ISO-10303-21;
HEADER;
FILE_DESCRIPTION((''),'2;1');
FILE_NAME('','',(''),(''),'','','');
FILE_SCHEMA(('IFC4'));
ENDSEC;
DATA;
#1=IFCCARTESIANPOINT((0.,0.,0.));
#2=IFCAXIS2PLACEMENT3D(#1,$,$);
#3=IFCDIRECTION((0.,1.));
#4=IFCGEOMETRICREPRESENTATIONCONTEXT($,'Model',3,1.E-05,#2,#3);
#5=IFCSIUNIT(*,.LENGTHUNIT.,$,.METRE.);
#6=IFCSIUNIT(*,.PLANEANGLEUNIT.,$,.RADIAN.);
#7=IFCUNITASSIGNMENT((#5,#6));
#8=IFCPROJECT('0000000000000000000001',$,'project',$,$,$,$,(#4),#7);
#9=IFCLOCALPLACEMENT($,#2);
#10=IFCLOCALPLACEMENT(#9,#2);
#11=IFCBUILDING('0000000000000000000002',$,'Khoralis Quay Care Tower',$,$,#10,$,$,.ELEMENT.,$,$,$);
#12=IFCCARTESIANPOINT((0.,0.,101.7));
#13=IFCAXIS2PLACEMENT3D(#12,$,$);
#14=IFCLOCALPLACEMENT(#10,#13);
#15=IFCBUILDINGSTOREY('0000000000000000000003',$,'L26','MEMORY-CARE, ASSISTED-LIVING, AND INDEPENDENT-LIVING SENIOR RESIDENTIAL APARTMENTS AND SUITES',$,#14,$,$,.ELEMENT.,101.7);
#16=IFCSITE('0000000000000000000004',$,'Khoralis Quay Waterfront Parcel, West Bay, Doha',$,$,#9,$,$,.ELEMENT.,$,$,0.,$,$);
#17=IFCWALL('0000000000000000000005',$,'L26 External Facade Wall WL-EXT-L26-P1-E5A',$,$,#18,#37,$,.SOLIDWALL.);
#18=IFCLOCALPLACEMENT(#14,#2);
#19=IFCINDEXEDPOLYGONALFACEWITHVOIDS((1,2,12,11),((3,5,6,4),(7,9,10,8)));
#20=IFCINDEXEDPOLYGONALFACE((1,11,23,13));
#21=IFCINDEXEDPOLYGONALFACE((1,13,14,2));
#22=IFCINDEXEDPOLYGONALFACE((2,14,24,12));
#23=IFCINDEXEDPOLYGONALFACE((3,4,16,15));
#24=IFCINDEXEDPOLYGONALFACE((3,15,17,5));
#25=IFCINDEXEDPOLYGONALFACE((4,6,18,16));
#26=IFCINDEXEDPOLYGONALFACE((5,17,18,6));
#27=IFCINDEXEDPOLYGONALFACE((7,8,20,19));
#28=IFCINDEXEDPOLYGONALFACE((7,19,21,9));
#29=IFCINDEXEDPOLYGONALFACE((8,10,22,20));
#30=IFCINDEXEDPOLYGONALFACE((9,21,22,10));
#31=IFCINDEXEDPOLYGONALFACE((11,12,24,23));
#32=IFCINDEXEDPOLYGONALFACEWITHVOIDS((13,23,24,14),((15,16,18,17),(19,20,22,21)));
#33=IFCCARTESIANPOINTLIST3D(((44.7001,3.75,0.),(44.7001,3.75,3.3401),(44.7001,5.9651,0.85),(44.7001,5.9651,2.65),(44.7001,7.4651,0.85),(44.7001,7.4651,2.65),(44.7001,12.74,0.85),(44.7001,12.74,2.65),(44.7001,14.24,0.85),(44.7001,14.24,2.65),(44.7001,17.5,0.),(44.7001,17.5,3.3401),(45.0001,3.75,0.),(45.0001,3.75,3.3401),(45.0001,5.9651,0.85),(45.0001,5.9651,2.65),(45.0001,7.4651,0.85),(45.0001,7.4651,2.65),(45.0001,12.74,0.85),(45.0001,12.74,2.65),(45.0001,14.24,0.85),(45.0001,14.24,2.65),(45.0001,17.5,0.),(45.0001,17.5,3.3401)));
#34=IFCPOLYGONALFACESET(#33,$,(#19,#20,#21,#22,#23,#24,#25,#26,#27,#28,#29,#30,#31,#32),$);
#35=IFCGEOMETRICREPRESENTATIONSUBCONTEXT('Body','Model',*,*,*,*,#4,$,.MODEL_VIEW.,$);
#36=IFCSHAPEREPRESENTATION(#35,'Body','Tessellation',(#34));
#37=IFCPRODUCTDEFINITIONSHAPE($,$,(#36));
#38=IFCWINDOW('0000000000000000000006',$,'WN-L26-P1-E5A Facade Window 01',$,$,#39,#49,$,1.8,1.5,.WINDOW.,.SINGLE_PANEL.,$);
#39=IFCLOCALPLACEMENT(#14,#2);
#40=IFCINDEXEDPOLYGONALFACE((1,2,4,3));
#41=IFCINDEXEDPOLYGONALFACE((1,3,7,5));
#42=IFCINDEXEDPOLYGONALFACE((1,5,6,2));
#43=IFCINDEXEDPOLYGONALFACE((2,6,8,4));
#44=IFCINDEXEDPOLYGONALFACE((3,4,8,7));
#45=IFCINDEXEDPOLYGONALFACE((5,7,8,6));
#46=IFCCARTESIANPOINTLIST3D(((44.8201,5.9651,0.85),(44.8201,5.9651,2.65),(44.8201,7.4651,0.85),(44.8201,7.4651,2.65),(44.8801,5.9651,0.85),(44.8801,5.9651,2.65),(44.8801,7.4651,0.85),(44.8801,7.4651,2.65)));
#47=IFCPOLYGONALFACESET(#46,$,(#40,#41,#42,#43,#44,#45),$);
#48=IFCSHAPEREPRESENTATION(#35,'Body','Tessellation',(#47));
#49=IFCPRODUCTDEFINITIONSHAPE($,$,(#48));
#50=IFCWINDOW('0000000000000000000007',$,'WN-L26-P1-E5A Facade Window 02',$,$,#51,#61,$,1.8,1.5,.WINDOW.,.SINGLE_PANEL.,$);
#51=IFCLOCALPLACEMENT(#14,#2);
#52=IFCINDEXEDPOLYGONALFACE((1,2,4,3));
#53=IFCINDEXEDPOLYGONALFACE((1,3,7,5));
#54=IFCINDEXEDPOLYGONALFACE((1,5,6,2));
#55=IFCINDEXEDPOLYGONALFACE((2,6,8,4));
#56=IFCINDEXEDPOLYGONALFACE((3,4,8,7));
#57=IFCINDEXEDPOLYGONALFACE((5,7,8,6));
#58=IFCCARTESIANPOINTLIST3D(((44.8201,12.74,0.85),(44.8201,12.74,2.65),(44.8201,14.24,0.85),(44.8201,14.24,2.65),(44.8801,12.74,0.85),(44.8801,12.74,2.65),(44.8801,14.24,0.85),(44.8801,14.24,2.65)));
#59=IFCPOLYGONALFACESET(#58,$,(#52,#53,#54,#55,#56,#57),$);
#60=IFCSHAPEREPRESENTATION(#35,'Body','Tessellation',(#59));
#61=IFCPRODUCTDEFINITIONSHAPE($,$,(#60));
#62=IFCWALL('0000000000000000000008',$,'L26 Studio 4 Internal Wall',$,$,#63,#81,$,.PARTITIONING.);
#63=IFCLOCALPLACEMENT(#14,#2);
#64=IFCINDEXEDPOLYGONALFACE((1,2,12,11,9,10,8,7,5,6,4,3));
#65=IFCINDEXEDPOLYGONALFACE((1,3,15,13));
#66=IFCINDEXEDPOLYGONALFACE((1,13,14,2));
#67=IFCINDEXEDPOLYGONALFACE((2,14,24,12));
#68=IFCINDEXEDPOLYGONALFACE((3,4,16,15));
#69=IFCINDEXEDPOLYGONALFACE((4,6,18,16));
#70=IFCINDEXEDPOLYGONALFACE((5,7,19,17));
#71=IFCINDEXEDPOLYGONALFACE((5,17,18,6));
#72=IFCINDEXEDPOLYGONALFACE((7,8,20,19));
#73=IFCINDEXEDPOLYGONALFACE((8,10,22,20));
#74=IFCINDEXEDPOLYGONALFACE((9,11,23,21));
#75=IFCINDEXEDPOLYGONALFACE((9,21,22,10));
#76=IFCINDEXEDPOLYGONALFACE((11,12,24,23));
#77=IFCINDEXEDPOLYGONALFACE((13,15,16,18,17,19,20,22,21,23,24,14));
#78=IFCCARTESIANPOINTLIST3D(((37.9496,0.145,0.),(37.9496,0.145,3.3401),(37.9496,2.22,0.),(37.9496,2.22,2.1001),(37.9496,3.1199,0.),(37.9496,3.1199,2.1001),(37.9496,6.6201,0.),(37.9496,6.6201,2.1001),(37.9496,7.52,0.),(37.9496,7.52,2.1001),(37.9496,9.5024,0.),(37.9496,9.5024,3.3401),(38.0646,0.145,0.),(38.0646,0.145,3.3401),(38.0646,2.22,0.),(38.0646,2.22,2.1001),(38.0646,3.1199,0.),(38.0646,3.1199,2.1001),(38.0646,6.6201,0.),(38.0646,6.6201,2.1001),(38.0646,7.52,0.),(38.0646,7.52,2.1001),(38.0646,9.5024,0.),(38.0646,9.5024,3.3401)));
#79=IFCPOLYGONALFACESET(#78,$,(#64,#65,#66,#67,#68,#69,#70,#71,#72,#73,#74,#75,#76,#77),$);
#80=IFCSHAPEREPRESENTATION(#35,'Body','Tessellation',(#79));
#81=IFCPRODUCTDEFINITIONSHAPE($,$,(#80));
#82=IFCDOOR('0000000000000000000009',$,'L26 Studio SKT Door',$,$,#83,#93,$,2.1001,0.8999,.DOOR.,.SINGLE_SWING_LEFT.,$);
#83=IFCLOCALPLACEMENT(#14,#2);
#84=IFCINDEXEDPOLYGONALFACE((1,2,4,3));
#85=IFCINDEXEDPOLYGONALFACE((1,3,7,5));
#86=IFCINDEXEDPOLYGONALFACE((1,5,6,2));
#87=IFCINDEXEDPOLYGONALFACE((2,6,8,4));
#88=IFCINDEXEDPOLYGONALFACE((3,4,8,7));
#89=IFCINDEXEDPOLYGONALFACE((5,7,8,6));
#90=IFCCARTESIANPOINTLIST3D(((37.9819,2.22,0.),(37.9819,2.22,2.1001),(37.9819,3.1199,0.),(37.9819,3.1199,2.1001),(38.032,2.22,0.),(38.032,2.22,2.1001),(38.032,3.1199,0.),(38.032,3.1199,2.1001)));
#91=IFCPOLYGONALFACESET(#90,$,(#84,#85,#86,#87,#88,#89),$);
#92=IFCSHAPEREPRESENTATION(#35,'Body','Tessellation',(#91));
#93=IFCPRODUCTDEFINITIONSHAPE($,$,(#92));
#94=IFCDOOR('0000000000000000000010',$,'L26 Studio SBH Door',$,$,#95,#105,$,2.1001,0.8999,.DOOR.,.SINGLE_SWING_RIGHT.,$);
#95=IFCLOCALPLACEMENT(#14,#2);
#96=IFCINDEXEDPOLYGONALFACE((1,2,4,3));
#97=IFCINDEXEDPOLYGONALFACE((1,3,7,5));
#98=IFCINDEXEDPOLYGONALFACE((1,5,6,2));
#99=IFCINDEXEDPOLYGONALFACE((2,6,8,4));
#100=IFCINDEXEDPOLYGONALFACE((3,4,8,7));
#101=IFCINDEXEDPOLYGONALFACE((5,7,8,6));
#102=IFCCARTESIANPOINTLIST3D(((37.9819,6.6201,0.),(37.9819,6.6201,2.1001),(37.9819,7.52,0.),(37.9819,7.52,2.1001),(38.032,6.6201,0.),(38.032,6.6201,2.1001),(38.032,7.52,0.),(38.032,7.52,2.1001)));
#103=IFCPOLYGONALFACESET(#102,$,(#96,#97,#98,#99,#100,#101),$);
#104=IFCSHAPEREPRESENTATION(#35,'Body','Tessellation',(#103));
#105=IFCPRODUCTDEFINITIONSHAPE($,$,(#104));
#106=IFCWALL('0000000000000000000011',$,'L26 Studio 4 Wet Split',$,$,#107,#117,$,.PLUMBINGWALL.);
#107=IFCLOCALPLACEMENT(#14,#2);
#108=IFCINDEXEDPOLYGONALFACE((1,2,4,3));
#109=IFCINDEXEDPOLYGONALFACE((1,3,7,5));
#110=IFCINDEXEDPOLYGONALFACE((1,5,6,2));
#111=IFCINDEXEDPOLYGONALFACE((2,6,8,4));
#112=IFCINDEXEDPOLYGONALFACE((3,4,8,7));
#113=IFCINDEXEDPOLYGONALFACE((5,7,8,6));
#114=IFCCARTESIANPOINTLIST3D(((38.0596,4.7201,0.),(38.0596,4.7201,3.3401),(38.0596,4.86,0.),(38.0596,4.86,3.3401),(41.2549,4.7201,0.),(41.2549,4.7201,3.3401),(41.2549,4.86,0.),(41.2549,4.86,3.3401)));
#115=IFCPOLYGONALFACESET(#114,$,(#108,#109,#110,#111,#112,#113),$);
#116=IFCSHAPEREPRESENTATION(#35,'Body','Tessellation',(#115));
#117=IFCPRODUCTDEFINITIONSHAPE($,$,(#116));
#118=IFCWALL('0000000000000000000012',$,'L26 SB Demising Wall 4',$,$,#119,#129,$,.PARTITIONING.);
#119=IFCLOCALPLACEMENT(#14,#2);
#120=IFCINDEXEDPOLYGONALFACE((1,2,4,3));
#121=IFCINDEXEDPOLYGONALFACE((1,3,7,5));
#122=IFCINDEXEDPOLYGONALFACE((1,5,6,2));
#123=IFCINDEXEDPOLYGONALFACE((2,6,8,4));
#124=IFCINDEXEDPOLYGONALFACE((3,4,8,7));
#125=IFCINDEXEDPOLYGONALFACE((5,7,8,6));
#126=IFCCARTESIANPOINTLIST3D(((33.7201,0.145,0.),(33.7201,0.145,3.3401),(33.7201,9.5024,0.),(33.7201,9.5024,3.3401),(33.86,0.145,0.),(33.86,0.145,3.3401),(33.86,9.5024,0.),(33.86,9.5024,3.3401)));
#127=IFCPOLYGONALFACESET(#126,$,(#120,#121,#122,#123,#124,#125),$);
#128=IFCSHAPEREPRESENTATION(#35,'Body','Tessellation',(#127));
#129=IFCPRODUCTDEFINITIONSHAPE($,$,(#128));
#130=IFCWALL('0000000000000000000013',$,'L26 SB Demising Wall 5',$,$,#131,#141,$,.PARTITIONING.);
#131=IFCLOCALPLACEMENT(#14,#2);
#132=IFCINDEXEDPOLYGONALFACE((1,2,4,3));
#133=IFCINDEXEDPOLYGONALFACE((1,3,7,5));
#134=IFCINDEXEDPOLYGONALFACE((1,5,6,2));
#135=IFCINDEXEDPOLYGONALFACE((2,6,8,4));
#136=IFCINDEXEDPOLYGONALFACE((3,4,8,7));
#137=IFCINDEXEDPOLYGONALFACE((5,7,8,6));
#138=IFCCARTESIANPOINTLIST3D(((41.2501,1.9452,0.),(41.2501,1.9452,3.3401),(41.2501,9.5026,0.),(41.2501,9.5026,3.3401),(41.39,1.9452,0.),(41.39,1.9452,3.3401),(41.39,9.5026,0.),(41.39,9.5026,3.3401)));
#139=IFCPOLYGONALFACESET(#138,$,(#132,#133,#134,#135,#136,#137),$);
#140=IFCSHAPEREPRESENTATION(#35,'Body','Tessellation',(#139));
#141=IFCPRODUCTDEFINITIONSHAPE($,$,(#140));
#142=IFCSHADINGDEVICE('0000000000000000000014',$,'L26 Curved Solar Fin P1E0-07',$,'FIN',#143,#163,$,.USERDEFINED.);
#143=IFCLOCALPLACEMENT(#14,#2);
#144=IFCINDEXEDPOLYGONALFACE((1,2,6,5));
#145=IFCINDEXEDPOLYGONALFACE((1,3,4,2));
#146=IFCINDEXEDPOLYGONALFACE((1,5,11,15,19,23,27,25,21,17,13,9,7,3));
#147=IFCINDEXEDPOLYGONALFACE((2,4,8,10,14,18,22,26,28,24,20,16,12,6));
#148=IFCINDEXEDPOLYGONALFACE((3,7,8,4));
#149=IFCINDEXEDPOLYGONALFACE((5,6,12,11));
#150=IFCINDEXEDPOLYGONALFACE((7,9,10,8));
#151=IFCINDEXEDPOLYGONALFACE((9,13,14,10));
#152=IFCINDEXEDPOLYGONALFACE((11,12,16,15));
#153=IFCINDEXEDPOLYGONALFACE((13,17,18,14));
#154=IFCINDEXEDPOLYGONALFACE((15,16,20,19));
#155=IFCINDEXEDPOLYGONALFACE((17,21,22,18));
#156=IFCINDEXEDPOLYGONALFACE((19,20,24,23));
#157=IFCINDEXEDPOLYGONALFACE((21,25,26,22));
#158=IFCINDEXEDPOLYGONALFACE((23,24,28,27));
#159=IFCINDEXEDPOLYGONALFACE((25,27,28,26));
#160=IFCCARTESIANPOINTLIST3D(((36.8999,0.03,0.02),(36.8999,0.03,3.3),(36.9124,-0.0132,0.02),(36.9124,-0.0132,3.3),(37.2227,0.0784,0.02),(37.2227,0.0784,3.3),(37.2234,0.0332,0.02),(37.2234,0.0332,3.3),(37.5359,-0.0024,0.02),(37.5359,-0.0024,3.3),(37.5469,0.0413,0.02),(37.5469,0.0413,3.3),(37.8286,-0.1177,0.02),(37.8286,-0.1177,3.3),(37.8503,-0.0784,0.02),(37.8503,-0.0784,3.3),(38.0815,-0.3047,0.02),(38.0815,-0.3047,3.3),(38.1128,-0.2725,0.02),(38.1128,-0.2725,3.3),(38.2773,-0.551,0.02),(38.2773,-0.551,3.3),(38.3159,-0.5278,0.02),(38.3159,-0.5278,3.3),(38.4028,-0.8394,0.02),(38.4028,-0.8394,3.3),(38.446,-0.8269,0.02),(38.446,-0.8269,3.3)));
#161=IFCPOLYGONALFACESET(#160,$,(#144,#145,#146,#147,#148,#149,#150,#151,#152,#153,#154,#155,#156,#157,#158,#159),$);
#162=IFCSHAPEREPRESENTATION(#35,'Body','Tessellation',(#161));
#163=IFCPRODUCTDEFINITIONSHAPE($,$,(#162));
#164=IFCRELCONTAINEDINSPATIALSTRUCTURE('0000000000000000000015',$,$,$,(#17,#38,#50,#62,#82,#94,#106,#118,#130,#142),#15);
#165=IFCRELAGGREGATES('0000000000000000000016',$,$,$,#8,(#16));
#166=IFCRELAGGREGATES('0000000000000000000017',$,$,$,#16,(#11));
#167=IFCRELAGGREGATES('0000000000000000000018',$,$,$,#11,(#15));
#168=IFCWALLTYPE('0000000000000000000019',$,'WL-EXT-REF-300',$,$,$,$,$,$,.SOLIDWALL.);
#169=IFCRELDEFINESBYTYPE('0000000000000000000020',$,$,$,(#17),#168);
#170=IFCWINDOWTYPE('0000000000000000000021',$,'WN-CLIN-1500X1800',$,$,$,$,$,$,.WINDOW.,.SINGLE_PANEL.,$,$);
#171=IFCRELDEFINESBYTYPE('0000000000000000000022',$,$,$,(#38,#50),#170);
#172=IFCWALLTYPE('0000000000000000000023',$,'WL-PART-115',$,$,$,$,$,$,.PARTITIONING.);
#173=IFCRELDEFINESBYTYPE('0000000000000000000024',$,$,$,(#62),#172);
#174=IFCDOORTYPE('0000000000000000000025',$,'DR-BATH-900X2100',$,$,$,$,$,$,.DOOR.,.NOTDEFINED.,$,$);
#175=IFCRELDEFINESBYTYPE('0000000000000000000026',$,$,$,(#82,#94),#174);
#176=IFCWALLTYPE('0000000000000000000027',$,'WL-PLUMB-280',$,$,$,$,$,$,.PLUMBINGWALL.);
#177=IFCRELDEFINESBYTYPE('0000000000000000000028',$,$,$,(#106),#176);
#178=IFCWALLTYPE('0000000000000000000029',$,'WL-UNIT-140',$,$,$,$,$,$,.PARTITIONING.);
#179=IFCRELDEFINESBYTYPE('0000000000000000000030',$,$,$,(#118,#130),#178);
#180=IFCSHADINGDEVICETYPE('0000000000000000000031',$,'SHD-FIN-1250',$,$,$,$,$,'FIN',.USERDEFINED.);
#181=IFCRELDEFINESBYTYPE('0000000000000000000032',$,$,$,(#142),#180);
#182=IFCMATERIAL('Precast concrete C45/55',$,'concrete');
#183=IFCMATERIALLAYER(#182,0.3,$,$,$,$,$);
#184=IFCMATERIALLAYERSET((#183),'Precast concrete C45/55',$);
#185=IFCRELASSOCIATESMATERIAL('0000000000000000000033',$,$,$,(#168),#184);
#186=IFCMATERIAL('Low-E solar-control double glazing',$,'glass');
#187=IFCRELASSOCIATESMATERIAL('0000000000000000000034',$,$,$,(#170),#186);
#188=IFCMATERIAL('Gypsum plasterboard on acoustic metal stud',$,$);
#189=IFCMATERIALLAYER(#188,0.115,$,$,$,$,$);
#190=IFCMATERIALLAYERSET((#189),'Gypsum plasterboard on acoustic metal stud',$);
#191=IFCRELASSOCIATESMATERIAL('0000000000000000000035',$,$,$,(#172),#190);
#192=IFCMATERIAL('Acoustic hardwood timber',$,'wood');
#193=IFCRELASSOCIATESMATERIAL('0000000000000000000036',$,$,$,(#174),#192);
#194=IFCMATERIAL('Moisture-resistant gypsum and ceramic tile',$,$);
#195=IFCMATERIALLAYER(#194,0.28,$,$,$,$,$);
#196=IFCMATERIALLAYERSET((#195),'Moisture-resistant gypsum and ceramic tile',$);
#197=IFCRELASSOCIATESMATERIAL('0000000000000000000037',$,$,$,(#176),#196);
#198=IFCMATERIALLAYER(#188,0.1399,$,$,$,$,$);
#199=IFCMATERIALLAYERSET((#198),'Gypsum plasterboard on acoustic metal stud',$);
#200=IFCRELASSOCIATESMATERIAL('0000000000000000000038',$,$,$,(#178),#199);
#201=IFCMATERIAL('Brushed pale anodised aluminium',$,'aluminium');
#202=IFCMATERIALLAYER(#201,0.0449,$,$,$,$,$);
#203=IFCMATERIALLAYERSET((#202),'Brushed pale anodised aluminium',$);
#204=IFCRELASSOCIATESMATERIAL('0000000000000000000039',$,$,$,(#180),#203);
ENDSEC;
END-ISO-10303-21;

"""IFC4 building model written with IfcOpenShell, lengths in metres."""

from ifc_helpers import new_model, si_unit, direction, frame, frame_2d, origin, place, context, subcontext, project, spatial, polyline, rectangle, outline, extrude, source, transform, mapped, material, layer, layer_set, type_object, element, fill, save


model = new_model("IFC4")

# Units and contexts
model_context = context("Model", 3, precision=1e-05, world=origin(), true_north=direction((0.0, 1.0)))
body_context = subcontext(model_context, "Body", "Model", "MODEL_VIEW")
ifc_project = project(units=[si_unit("LENGTHUNIT", "METRE"), si_unit("PLANEANGLEUNIT", "RADIAN")], contexts=[model_context])

# Site, building, storey
site_placement = place(None, origin())
site = spatial("IfcSite", under=ifc_project, at=site_placement, Name="Khoralis Quay Waterfront Parcel, West Bay, Doha", CompositionType="ELEMENT", RefElevation=0.0)
building_placement = place(site_placement, origin())
building = spatial("IfcBuilding", under=site, at=building_placement, Name="Khoralis Quay Care Tower", CompositionType="ELEMENT")
storey_placement = place(building_placement, frame((0.0, 0.0, 101.7)))
storey = spatial("IfcBuildingStorey", under=building, at=storey_placement, Name="L26", Description="MEMORY-CARE, ASSISTED-LIVING, AND INDEPENDENT-LIVING SENIOR RESIDENTIAL APARTMENTS AND SUITES", CompositionType="ELEMENT", Elevation=101.7)

# Shared definitions
ifc_material_1 = material(Name="Gypsum plasterboard on acoustic metal stud")

# Shared definitions
ifc_material_2 = material(Name="Acoustic hardwood timber", Category="wood")

# Shared definitions
ifc_material_3 = material(Name="Precast concrete C45/55", Category="concrete")
ifc_layer_1 = layer(ifc_material_3, 0.3)
ifc_layer_set_1 = layer_set([ifc_layer_1], Name="Precast concrete C45/55")
wall_type_1 = type_object("IfcWallType", Name="WL-EXT-REF-300", PredefinedType="SOLIDWALL", material=ifc_layer_set_1)

# Wall, openings, windows
wall_1_placement = place(storey_placement, frame((44.8501, 3.75, 0.0), z_axis=(0.0, 0.0, 1.0), x_axis=(0.0, 1.0, 0.0)))
wall_1 = element("IfcWall", 1, at=wall_1_placement, inside=storey, type_object=wall_type_1, Name="L26 External Facade Wall WL-EXT-L26-P1-E5A", PredefinedType="SOLIDWALL", context=body_context, shape_type="SweptSolid", body=[
    extrude(rectangle(XDim=13.75, YDim=0.3, at=frame_2d((6.875, 0.0))), origin(), (0.0, 0.0, 1.0), 3.3401),
])
opening_1_placement = place(wall_1_placement, frame((2.2151, 0.0, 0.8501)))
opening_1 = element("IfcOpeningElement", 2, at=opening_1_placement, cuts=wall_1, PredefinedType="OPENING", context=body_context, shape_type="SweptSolid", body=[
    extrude(rectangle(XDim=1.5, YDim=1.8, at=frame_2d((0.75, 0.8999))), frame((0.0, 0.1602, 0.0), z_axis=(0.0, -1.0, 0.0), x_axis=(1.0, 0.0, 0.0)), (0.0, 0.0, 1.0), 0.3201),
])
opening_2_placement = place(wall_1_placement, frame((8.99, 0.0, 0.8501)))
opening_2 = element("IfcOpeningElement", 3, at=opening_2_placement, cuts=wall_1, PredefinedType="OPENING", context=body_context, shape_type="SweptSolid", body=[
    extrude(rectangle(XDim=1.5, YDim=1.8, at=frame_2d((0.75, 0.8999))), frame((0.0, 0.1602, 0.0), z_axis=(0.0, -1.0, 0.0), x_axis=(1.0, 0.0, 0.0)), (0.0, 0.0, 1.0), 0.3201),
])
ifc_material_4 = material(Name="Low-E solar-control double glazing", Category="glass")
window_type = type_object("IfcWindowType", Name="WN-CLIN-1500X1800", PartitioningType="SINGLE_PANEL", PredefinedType="WINDOW", material=ifc_material_4)
shared_shape_1 = source(origin(), body_context, "Body", "SweptSolid", [
    extrude(rectangle(XDim=1.5, YDim=1.8, at=frame_2d((0.75, 0.8999))), frame((0.0, 0.03, 0.0), z_axis=(0.0, -1.0, 0.0), x_axis=(1.0, 0.0, 0.0)), (0.0, 0.0, 1.0), 0.0601),
])
window_1_placement = place(opening_1_placement, origin())
window_1 = element("IfcWindow", 4, at=window_1_placement, inside=storey, type_object=window_type, Name="WN-L26-P1-E5A Facade Window 01", OverallHeight=1.8, OverallWidth=1.5, PartitioningType="SINGLE_PANEL", PredefinedType="WINDOW", context=body_context, shape_type="MappedRepresentation", body=[
    mapped(shared_shape_1, transform((0.0, 0.0, 0.0), scale=1.0)),
])
fill(opening_1, window_1)
window_2_placement = place(opening_2_placement, origin())
window_2 = element("IfcWindow", 5, at=window_2_placement, inside=storey, type_object=window_type, Name="WN-L26-P1-E5A Facade Window 02", OverallHeight=1.8, OverallWidth=1.5, PartitioningType="SINGLE_PANEL", PredefinedType="WINDOW", context=body_context, shape_type="MappedRepresentation", body=[
    mapped(shared_shape_1, transform((0.0, 0.0, 0.0), scale=1.0)),
])
fill(opening_2, window_2)

# Wall, openings, doors
ifc_layer_2 = layer(ifc_material_1, 0.115)
ifc_layer_set_2 = layer_set([ifc_layer_2], Name="Gypsum plasterboard on acoustic metal stud")
wall_type_2 = type_object("IfcWallType", Name="WL-PART-115", PredefinedType="PARTITIONING", material=ifc_layer_set_2)
wall_2_placement = place(storey_placement, frame((38.0071, 0.145, 0.0), z_axis=(0.0, 0.0, 1.0), x_axis=(0.0, 1.0, 0.0)))
wall_2 = element("IfcWall", 6, at=wall_2_placement, inside=storey, type_object=wall_type_2, Name="L26 Studio 4 Internal Wall", PredefinedType="PARTITIONING", context=body_context, shape_type="SweptSolid", body=[
    extrude(rectangle(XDim=9.3574, YDim=0.115, at=frame_2d((4.6787, 0.0))), origin(), (0.0, 0.0, 1.0), 3.3401),
])
opening_3_placement = place(wall_2_placement, frame((2.075, 0.0, 0.0)))
opening_3 = element("IfcOpeningElement", 7, at=opening_3_placement, cuts=wall_2, PredefinedType="OPENING", context=body_context, shape_type="SweptSolid", body=[
    extrude(rectangle(XDim=0.8999, YDim=2.1001, at=frame_2d((0.45, 1.05))), frame((0.0, 0.0674, 0.0), z_axis=(0.0, -1.0, 0.0), x_axis=(1.0, 0.0, 0.0)), (0.0, 0.0, 1.0), 0.135),
])
opening_4_placement = place(wall_2_placement, frame((6.4751, 0.0, 0.0)))
opening_4 = element("IfcOpeningElement", 8, at=opening_4_placement, cuts=wall_2, PredefinedType="OPENING", context=body_context, shape_type="SweptSolid", body=[
    extrude(rectangle(XDim=0.8999, YDim=2.1001, at=frame_2d((0.45, 1.05))), frame((0.0, 0.0674, 0.0), z_axis=(0.0, -1.0, 0.0), x_axis=(1.0, 0.0, 0.0)), (0.0, 0.0, 1.0), 0.135),
])
door_type_1 = type_object("IfcDoorType", Name="DR-BATH-900X2100", OperationType="NOTDEFINED", PredefinedType="DOOR", material=ifc_material_2)
shared_shape_2 = source(origin(), body_context, "Body", "SweptSolid", [
    extrude(rectangle(XDim=0.8999, YDim=2.1001, at=frame_2d((0.45, 1.05))), frame((0.0, 0.0249, 0.0), z_axis=(0.0, -1.0, 0.0), x_axis=(1.0, 0.0, 0.0)), (0.0, 0.0, 1.0), 0.05),
])
door_1_placement = place(opening_3_placement, frame((0.8999, 0.0, 0.0), z_axis=(0.0, 0.0, 1.0), x_axis=(-1.0, 0.0, 0.0)))
door_1 = element("IfcDoor", 9, at=door_1_placement, inside=storey, type_object=door_type_1, Name="L26 Studio SKT Door", OperationType="SINGLE_SWING_LEFT", OverallHeight=2.1001, OverallWidth=0.8999, PredefinedType="DOOR", context=body_context, shape_type="MappedRepresentation", body=[
    mapped(shared_shape_2, transform((0.0, 0.0, 0.0), scale=1.0)),
])
fill(opening_3, door_1)
door_2_placement = place(opening_4_placement, frame((0.8999, 0.0, 0.0), z_axis=(0.0, 0.0, 1.0), x_axis=(-1.0, 0.0, 0.0)))
door_2 = element("IfcDoor", 10, at=door_2_placement, inside=storey, type_object=door_type_1, Name="L26 Studio SBH Door", OperationType="SINGLE_SWING_RIGHT", OverallHeight=2.1001, OverallWidth=0.8999, PredefinedType="DOOR", context=body_context, shape_type="MappedRepresentation", body=[
    mapped(shared_shape_2, transform((0.0, 0.0, 0.0), scale=1.0)),
])
fill(opening_4, door_2)

# Walls
ifc_material_5 = material(Name="Moisture-resistant gypsum and ceramic tile")
ifc_layer_3 = layer(ifc_material_5, 0.28)
ifc_layer_set_3 = layer_set([ifc_layer_3], Name="Moisture-resistant gypsum and ceramic tile")
wall_type_3 = type_object("IfcWallType", Name="WL-PLUMB-280", PredefinedType="PLUMBINGWALL", material=ifc_layer_set_3)
wall_3_placement = place(storey_placement, frame((38.0596, 4.79, 0.0), z_axis=(0.0, 0.0, 1.0), x_axis=(1.0, 0.0, 0.0)))
element("IfcWall", 11, at=wall_3_placement, inside=storey, type_object=wall_type_3, Name="L26 Studio 4 Wet Split", PredefinedType="PLUMBINGWALL", context=body_context, shape_type="SweptSolid", body=[
    extrude(rectangle(XDim=3.1953, YDim=0.1399, at=frame_2d((1.5977, 0.0))), origin(), (0.0, 0.0, 1.0), 3.3401),
])
ifc_layer_4 = layer(ifc_material_1, 0.1399)
ifc_layer_set_4 = layer_set([ifc_layer_4], Name="Gypsum plasterboard on acoustic metal stud")
wall_type_4 = type_object("IfcWallType", Name="WL-UNIT-140", PredefinedType="PARTITIONING", material=ifc_layer_set_4)
wall_4_placement = place(storey_placement, frame((33.79, 0.145, 0.0), z_axis=(0.0, 0.0, 1.0), x_axis=(0.0, 1.0, 0.0)))
element("IfcWall", 12, at=wall_4_placement, inside=storey, type_object=wall_type_4, Name="L26 SB Demising Wall 4", PredefinedType="PARTITIONING", context=body_context, shape_type="SweptSolid", body=[
    extrude(rectangle(XDim=9.3574, YDim=0.1399, at=frame_2d((4.6787, 0.0))), origin(), (0.0, 0.0, 1.0), 3.3401),
])
wall_5_placement = place(storey_placement, frame((41.3201, 1.9451, 0.0), z_axis=(0.0, 0.0, 1.0), x_axis=(0.0, 1.0, 0.0)))
element("IfcWall", 13, at=wall_5_placement, inside=storey, type_object=wall_type_4, Name="L26 SB Demising Wall 5", PredefinedType="PARTITIONING", context=body_context, shape_type="SweptSolid", body=[
    extrude(rectangle(XDim=7.5574, YDim=0.1399, at=frame_2d((3.7788, 0.0))), origin(), (0.0, 0.0, 1.0), 3.3401),
])

# Shading device
ifc_material_6 = material(Name="Brushed pale anodised aluminium", Category="aluminium")
ifc_layer_5 = layer(ifc_material_6, 0.0449)
ifc_layer_set_5 = layer_set([ifc_layer_5], Name="Brushed pale anodised aluminium")
shading_device_type = type_object("IfcShadingDeviceType", Name="SHD-FIN-1250", ElementType="FIN", PredefinedType="USERDEFINED", material=ifc_layer_set_5)
shared_shape_3 = source(origin(), body_context, "Body", "SweptSolid", [
    extrude(outline(polyline([(0.0, 0.0), (-0.0483, 0.3228), (-0.0112, 0.647), (0.1084, 0.9504), (0.3025, 1.2129), (0.5579, 1.416), (0.8569, 1.5461), (0.8694, 1.5029), (0.5811, 1.3774), (0.3347, 1.1816), (0.1477, 0.9287), (0.0325, 0.636), (-0.0032, 0.3235), (0.0432, 0.0125), (0.0, 0.0)])), origin(), (0.0, 0.0, 1.0), 3.28),
])
shading_device_placement = place(storey_placement, frame((36.8999, 0.03, 0.02), z_axis=(0.0, 0.0, 1.0), x_axis=(0.0, -1.0, 0.0)))
element("IfcShadingDevice", 14, at=shading_device_placement, inside=storey, type_object=shading_device_type, Name="L26 Curved Solar Fin P1E0-07", ObjectType="FIN", PredefinedType="USERDEFINED", context=body_context, shape_type="MappedRepresentation", body=[
    mapped(shared_shape_3, transform((0.0, 0.0, 0.0), scale=1.0)),
])

save(model, "model.ifc")
